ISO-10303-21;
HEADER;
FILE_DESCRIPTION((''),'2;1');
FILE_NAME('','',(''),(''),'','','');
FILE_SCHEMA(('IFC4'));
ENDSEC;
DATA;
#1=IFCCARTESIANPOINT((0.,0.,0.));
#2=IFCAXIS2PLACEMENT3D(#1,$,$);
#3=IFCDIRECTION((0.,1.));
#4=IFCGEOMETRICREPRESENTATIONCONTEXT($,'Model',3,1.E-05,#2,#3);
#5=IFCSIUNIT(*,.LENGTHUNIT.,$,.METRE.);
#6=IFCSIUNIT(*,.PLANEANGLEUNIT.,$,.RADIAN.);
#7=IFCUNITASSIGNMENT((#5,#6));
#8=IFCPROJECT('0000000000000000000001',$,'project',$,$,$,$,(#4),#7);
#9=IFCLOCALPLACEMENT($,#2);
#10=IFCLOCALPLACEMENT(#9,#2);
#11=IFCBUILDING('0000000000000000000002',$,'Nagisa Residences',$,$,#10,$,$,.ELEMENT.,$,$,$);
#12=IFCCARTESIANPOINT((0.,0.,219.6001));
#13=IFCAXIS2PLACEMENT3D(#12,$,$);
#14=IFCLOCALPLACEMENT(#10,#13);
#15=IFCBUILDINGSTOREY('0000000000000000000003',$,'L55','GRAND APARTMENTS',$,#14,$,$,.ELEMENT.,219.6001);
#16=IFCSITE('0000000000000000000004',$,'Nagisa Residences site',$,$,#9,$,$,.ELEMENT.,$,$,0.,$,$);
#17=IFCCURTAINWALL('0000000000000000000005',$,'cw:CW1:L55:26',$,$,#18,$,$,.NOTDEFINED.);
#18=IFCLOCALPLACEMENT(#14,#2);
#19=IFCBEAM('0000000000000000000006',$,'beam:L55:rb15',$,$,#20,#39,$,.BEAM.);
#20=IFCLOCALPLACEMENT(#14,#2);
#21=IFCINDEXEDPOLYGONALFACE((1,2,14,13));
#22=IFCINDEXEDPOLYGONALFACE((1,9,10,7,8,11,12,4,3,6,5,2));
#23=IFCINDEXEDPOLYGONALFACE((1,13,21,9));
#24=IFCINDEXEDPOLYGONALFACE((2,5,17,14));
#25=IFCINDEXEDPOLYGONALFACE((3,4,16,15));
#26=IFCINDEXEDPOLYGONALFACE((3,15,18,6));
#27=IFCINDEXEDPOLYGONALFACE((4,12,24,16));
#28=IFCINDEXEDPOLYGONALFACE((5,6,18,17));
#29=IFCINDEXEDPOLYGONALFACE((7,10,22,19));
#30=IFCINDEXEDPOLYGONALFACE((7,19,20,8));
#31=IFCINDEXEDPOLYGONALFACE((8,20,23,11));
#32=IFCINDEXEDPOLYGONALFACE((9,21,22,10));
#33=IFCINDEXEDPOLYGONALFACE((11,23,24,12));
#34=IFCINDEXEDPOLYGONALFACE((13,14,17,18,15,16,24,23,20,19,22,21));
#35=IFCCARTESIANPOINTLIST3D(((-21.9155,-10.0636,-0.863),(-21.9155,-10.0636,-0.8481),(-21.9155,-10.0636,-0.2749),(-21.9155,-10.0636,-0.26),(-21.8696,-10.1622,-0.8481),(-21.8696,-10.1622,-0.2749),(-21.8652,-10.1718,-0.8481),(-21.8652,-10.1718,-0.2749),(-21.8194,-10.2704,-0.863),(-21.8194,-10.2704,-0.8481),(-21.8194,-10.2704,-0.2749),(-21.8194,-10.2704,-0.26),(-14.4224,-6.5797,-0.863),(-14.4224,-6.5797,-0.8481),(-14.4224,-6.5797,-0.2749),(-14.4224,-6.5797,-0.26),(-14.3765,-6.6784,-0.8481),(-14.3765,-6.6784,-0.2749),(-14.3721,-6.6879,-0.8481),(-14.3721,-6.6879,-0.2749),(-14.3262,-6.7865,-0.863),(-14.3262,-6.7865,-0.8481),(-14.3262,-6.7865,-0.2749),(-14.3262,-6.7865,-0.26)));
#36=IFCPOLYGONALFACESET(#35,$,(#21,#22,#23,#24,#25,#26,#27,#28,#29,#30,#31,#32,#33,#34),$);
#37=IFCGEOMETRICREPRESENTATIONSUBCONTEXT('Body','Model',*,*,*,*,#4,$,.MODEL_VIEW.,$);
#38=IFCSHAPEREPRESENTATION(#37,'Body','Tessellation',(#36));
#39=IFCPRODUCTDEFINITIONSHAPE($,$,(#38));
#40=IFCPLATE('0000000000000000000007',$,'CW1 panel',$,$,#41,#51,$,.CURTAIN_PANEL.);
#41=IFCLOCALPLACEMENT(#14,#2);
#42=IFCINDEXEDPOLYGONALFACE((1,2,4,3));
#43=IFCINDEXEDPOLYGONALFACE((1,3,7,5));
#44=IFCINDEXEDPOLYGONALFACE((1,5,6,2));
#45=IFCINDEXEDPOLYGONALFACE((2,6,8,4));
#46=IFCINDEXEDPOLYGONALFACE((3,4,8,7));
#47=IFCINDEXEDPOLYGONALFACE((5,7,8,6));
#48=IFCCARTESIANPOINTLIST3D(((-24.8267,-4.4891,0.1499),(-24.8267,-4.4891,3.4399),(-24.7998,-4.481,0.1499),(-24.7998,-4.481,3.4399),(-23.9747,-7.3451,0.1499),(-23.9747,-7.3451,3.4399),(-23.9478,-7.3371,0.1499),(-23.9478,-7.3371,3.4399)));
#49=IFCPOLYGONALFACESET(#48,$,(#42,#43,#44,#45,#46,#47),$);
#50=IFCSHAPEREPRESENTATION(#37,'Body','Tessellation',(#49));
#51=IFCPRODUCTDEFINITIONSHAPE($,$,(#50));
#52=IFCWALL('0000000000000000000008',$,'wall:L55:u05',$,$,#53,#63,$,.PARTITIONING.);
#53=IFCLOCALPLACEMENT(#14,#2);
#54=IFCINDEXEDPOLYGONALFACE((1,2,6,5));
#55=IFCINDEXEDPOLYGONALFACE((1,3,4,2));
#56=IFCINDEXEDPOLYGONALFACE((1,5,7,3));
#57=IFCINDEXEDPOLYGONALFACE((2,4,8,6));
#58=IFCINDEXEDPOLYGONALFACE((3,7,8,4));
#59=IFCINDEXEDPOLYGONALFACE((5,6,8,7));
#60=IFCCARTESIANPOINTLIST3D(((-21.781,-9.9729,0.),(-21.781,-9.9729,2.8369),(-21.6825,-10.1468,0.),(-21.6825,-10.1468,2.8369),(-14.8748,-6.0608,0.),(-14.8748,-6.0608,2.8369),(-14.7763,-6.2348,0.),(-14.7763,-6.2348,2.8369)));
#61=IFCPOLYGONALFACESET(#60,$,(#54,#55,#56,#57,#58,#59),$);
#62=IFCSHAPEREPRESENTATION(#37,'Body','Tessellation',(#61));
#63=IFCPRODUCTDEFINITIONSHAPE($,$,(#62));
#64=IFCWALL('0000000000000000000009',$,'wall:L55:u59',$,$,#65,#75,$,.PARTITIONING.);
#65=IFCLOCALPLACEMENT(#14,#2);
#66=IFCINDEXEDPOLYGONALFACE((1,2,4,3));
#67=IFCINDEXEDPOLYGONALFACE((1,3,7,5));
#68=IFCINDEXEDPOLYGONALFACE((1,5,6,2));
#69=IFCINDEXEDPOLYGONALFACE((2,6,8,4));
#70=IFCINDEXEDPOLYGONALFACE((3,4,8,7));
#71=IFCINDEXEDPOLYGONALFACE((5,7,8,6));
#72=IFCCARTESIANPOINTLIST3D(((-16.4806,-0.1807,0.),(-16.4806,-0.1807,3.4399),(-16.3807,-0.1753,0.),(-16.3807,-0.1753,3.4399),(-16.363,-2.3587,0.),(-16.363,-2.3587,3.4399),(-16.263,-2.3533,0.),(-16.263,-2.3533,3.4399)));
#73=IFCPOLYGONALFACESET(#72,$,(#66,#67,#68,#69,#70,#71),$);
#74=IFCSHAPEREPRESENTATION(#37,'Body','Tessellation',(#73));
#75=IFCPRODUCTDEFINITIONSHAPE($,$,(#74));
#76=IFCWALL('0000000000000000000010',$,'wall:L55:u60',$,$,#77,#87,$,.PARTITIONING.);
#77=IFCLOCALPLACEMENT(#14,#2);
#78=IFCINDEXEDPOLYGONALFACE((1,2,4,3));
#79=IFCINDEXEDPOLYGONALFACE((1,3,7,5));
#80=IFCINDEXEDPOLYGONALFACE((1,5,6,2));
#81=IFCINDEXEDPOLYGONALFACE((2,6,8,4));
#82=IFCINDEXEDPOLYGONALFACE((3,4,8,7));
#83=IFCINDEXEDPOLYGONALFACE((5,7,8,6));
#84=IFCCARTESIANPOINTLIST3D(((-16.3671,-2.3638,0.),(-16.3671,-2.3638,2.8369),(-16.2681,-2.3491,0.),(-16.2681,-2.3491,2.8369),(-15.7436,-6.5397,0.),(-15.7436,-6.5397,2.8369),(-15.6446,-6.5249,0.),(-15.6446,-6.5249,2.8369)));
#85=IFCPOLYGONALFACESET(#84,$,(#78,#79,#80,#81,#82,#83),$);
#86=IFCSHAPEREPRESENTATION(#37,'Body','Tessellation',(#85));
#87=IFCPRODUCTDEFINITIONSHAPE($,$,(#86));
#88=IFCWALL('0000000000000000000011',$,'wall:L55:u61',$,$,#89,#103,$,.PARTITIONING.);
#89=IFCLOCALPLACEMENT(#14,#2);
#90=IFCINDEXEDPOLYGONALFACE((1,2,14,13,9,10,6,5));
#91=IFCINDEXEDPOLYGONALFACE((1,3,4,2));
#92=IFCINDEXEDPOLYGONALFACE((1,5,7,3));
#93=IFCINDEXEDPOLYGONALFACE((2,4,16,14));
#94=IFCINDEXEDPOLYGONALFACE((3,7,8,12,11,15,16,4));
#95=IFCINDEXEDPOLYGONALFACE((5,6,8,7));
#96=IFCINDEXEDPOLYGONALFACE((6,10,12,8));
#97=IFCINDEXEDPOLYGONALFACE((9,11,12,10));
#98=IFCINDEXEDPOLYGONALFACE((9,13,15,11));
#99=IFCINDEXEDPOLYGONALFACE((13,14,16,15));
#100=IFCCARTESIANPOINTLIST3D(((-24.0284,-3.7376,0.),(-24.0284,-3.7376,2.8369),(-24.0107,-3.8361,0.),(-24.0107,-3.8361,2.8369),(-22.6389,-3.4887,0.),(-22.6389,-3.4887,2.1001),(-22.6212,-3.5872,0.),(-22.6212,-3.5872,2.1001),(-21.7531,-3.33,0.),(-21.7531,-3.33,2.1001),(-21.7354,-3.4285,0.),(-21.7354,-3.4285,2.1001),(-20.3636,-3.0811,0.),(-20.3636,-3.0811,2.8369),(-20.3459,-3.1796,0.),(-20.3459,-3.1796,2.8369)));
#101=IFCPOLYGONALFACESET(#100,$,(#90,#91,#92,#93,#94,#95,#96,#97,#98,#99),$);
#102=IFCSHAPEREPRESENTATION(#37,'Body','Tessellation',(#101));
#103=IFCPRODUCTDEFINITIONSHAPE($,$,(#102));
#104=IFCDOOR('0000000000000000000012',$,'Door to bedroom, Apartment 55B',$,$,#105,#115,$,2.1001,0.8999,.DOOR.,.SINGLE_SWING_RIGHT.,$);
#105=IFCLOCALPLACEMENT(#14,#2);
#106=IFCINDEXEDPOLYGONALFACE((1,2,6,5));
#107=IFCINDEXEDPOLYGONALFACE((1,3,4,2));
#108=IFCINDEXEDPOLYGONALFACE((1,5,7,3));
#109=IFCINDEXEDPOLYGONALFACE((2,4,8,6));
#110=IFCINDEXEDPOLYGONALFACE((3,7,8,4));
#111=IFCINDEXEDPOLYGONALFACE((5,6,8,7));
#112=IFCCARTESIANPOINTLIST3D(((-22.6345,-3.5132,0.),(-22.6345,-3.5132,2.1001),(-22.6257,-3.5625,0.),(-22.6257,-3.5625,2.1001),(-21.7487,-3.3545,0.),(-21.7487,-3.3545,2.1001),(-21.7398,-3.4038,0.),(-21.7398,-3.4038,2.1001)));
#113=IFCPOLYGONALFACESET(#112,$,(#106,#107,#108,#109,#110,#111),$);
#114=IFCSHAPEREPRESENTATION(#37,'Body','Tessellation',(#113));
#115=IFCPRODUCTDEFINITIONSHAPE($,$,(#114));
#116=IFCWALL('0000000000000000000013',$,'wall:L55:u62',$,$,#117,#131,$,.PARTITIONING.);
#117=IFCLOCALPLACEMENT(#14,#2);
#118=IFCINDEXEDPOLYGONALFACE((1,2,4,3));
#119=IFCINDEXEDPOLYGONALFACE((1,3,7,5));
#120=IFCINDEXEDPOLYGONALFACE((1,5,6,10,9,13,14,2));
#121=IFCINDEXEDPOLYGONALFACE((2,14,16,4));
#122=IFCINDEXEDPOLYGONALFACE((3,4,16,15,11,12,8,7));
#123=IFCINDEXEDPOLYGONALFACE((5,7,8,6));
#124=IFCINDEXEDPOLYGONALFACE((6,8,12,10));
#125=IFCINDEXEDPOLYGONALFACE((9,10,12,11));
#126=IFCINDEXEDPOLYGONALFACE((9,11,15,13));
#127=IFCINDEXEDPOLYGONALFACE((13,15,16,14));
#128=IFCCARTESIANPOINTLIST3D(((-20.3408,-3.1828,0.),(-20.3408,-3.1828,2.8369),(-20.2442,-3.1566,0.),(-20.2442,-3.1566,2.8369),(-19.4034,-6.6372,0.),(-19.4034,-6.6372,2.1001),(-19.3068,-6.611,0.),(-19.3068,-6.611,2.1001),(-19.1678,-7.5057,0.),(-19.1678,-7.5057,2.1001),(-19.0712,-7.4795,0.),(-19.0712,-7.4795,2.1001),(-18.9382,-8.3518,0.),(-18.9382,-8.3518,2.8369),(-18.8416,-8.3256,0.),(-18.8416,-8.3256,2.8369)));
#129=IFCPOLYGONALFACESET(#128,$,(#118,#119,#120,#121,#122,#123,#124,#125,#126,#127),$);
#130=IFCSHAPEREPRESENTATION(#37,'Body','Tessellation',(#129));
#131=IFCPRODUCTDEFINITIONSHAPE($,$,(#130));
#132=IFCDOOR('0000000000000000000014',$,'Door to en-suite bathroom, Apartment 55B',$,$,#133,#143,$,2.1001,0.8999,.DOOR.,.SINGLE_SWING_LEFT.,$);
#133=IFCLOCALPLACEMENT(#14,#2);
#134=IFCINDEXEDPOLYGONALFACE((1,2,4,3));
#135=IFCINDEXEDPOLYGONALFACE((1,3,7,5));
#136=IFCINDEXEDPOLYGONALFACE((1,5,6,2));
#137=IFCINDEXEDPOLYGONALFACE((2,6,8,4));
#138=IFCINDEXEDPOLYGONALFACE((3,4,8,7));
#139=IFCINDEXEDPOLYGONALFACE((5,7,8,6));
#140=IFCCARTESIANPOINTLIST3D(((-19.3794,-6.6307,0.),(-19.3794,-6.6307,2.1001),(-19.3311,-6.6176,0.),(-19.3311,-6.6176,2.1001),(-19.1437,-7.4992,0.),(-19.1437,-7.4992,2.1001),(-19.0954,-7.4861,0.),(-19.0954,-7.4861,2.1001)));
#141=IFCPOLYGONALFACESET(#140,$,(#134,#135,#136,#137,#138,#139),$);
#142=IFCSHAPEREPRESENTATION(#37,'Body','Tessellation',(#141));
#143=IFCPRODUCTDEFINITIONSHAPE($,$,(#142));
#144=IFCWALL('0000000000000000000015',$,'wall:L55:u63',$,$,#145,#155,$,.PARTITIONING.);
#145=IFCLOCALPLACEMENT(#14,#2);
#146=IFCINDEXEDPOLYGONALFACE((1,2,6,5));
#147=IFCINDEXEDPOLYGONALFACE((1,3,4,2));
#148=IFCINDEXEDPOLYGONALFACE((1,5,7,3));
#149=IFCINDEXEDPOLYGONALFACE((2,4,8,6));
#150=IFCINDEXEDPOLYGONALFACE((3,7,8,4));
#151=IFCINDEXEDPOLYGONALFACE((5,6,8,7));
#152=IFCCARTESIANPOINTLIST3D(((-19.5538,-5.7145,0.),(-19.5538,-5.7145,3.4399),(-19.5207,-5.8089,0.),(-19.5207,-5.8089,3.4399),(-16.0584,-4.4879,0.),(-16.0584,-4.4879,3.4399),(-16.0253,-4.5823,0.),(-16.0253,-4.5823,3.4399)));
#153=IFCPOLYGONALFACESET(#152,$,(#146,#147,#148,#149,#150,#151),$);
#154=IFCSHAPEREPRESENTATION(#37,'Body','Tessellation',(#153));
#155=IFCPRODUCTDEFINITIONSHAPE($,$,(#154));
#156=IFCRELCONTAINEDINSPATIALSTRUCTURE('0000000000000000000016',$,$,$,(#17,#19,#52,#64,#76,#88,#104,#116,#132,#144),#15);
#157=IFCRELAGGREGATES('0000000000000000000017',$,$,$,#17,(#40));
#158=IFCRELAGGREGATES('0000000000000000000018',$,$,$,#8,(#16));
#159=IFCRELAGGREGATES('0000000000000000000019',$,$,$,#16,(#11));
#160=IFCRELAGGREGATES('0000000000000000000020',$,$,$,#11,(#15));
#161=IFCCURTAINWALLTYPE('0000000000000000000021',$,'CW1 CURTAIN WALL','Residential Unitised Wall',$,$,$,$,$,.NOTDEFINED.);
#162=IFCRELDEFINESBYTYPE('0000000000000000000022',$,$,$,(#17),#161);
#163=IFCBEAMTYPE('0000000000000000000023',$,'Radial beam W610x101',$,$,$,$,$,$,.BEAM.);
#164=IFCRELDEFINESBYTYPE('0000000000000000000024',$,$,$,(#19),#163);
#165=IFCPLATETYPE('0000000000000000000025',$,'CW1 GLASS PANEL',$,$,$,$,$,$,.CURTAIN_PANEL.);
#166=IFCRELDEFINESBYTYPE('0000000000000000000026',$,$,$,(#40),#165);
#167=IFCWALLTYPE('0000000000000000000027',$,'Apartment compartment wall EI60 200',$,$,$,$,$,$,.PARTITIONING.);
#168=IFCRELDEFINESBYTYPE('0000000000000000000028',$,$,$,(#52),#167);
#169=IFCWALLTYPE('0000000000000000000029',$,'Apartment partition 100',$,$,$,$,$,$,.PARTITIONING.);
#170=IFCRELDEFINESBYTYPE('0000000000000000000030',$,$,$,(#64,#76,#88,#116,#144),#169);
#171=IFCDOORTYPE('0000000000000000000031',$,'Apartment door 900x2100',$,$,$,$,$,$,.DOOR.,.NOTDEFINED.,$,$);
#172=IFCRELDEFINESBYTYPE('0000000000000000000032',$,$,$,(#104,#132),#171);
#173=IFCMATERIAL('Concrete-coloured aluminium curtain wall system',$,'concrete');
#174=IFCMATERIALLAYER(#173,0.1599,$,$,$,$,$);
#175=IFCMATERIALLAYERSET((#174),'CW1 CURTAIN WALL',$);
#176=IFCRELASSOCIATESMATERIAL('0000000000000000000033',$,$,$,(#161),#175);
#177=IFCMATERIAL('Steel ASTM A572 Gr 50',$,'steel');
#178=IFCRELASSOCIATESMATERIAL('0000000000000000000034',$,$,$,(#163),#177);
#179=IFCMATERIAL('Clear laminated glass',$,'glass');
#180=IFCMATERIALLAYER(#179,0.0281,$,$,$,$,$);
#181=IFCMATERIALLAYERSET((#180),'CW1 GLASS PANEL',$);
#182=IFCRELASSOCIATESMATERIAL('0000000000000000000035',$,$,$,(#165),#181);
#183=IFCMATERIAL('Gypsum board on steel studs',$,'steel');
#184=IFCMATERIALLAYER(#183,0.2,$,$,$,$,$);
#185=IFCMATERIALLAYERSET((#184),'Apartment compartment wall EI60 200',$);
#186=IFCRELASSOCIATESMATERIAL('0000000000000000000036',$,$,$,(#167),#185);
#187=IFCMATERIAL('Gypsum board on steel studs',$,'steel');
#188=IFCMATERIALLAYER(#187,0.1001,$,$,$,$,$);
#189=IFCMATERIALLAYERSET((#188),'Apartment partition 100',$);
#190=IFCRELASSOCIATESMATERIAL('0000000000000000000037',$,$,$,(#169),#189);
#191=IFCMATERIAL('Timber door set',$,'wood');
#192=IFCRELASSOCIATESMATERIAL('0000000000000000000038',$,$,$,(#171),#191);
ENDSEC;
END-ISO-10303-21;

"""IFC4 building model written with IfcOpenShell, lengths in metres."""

from ifc_helpers import new_model, si_unit, direction, frame, frame_2d, origin, origin_2d, place, context, subcontext, project, spatial, rectangle, i_section, extrude, material, layer, layer_set, material_profile, profile_set, type_object, element, fill, aggregate, save


model = new_model("IFC4")

# Units and contexts
model_context = context("Model", 3, precision=1e-05, world=origin(), true_north=direction((0.0, 1.0)))
body_context = subcontext(model_context, "Body", "Model", "MODEL_VIEW")
ifc_project = project(units=[si_unit("LENGTHUNIT", "METRE"), si_unit("PLANEANGLEUNIT", "RADIAN")], contexts=[model_context])

# Site, building, storey
site_placement = place(None, origin())
site = spatial("IfcSite", under=ifc_project, at=site_placement, Name="Nagisa Residences site", CompositionType="ELEMENT", RefElevation=0.0)
building_placement = place(site_placement, origin())
building = spatial("IfcBuilding", under=site, at=building_placement, Name="Nagisa Residences", CompositionType="ELEMENT")
storey_placement = place(building_placement, frame((0.0, 0.0, 219.6001)))
storey = spatial("IfcBuildingStorey", under=building, at=storey_placement, Name="L55", Description="GRAND APARTMENTS", CompositionType="ELEMENT", Elevation=219.6001)

# Curtain wall
ifc_material_1 = material(Name="Concrete-coloured aluminium curtain wall system", Category="concrete")
ifc_layer_1 = layer(ifc_material_1, 0.1599)
ifc_layer_set_1 = layer_set([ifc_layer_1], Name="CW1 CURTAIN WALL")
curtain_wall_type = type_object("IfcCurtainWallType", Name="CW1 CURTAIN WALL", Description="Residential Unitised Wall", PredefinedType="NOTDEFINED", material=ifc_layer_set_1)
curtain_wall_placement = place(storey_placement, origin())
curtain_wall = element("IfcCurtainWall", 1, at=curtain_wall_placement, inside=storey, type_object=curtain_wall_type, Name="cw:CW1:L55:26", PredefinedType="NOTDEFINED")

# Beam
ifc_material_2 = material(Name="Steel ASTM A572 Gr 50", Category="steel")
ifc_material_profile_1 = material_profile(ifc_material_2, i_section(OverallWidth=0.228, OverallDepth=0.603, WebThickness=0.0105, FlangeThickness=0.0149, at=origin_2d()), Name="W610x101")
ifc_profile_set_1 = profile_set([ifc_material_profile_1], Name="Steel ASTM A572 Gr 50")
beam_type_1 = type_object("IfcBeamType", Name="Radial beam W610x101", PredefinedType="BEAM", material=ifc_profile_set_1)
beam_1_placement = place(storey_placement, frame((-21.8674, -10.167, -0.5615), z_axis=(0.906782, 0.421601, 0.0), x_axis=(-0.421601, 0.906782, 0.0)))
element("IfcBeam", 2, at=beam_1_placement, inside=storey, type_object=beam_type_1, Name="beam:L55:rb15", PredefinedType="BEAM", context=body_context, shape_type="SweptSolid", body=[
    extrude(i_section(OverallWidth=0.228, OverallDepth=0.603, WebThickness=0.0105, FlangeThickness=0.0149, at=origin_2d()), origin(), (0.0, 0.0, 1.0), 8.2634),
])

# Plate
ifc_material_3 = material(Name="Clear laminated glass", Category="glass")
ifc_layer_2 = layer(ifc_material_3, 0.0281)
ifc_layer_set_2 = layer_set([ifc_layer_2], Name="CW1 GLASS PANEL")
plate_type = type_object("IfcPlateType", Name="CW1 GLASS PANEL", PredefinedType="CURTAIN_PANEL", material=ifc_layer_set_2)
plate_placement = place(storey_placement, frame((-24.3872, -5.9131, 0.1499), z_axis=(0.0, 0.0, 1.0), x_axis=(0.28586, -0.958271, 0.0)))
plate = element("IfcPlate", 3, at=plate_placement, type_object=plate_type, Name="CW1 panel", PredefinedType="CURTAIN_PANEL", context=body_context, shape_type="SweptSolid", body=[
    extrude(rectangle(XDim=2.9805, YDim=0.0281, at=origin_2d()), origin(), (0.0, 0.0, 1.0), 3.29),
])
aggregate(curtain_wall, [plate])

# Walls
ifc_material_4 = material(Name="Gypsum board on steel studs", Category="steel")
ifc_layer_3 = layer(ifc_material_4, 0.2)
ifc_layer_set_3 = layer_set([ifc_layer_3], Name="Apartment compartment wall EI60 200")
wall_type_1 = type_object("IfcWallType", Name="Apartment compartment wall EI60 200", PredefinedType="PARTITIONING", material=ifc_layer_set_3)
wall_1_placement = place(storey_placement, frame((-14.8254, -6.1477, 0.0), z_axis=(0.0, 0.0, 1.0), x_axis=(-0.8701, -0.492876, 0.0)))
element("IfcWall", 4, at=wall_1_placement, inside=storey, type_object=wall_type_1, Name="wall:L55:u05", PredefinedType="PARTITIONING", context=body_context, shape_type="SweptSolid", body=[
    extrude(rectangle(XDim=7.9373, YDim=0.2, at=frame_2d((3.9688, 0.0))), origin(), (0.0, 0.0, 1.0), 2.8369),
])
ifc_material_5 = material(Name="Gypsum board on steel studs", Category="steel")
ifc_layer_4 = layer(ifc_material_5, 0.1001)
ifc_layer_set_4 = layer_set([ifc_layer_4], Name="Apartment partition 100")
wall_type_2 = type_object("IfcWallType", Name="Apartment partition 100", PredefinedType="PARTITIONING", material=ifc_layer_set_4)
wall_2_placement = place(storey_placement, frame((-16.4307, -0.178, 0.0), z_axis=(0.0, 0.0, 1.0), x_axis=(0.053951, -0.998544, 0.0)))
element("IfcWall", 5, at=wall_2_placement, inside=storey, type_object=wall_type_2, Name="wall:L55:u59", PredefinedType="PARTITIONING", context=body_context, shape_type="SweptSolid", body=[
    extrude(rectangle(XDim=2.1812, YDim=0.1001, at=frame_2d((1.0906, 0.0))), origin(), (0.0, 0.0, 1.0), 3.4399),
])
wall_3_placement = place(storey_placement, frame((-16.3176, -2.3564, 0.0), z_axis=(0.0, 0.0, 1.0), x_axis=(0.147684, -0.989035, 0.0)))
element("IfcWall", 6, at=wall_3_placement, inside=storey, type_object=wall_type_2, Name="wall:L55:u60", PredefinedType="PARTITIONING", context=body_context, shape_type="SweptSolid", body=[
    extrude(rectangle(XDim=4.2222, YDim=0.1001, at=frame_2d((2.1111, 0.0))), origin(), (0.0, 0.0, 1.0), 2.8369),
])

# Walls, openings, doors
wall_4_placement = place(storey_placement, frame((-20.3547, -3.1304, 0.0), z_axis=(0.0, 0.0, 1.0), x_axis=(-0.984331, -0.176328, 0.0)))
wall_4 = element("IfcWall", 7, at=wall_4_placement, inside=storey, type_object=wall_type_2, Name="wall:L55:u61", PredefinedType="PARTITIONING", context=body_context, shape_type="SweptSolid", body=[
    extrude(rectangle(XDim=3.7231, YDim=0.1001, at=frame_2d((1.8616, 0.0))), origin(), (0.0, 0.0, 1.0), 2.8369),
])
opening_1_placement = place(wall_4_placement, frame((1.4116, 0.0, 0.0)))
opening_1 = element("IfcOpeningElement", 8, at=opening_1_placement, cuts=wall_4, PredefinedType="OPENING", context=body_context, shape_type="SweptSolid", body=[
    extrude(rectangle(XDim=0.8999, YDim=2.1001, at=frame_2d((0.45, 1.05))), frame((0.0, 0.0601, 0.0), z_axis=(0.0, -1.0, 0.0), x_axis=(1.0, 0.0, 0.0)), (0.0, 0.0, 1.0), 0.1201),
])
ifc_material_6 = material(Name="Timber door set", Category="wood")
door_type_1 = type_object("IfcDoorType", Name="Apartment door 900x2100", OperationType="NOTDEFINED", PredefinedType="DOOR", material=ifc_material_6)
door_1_placement = place(opening_1_placement, origin())
door_1 = element("IfcDoor", 9, at=door_1_placement, inside=storey, type_object=door_type_1, Name="Door to bedroom, Apartment 55B", OperationType="SINGLE_SWING_RIGHT", OverallHeight=2.1001, OverallWidth=0.8999, PredefinedType="DOOR", context=body_context, shape_type="SweptSolid", body=[
    extrude(rectangle(XDim=0.8999, YDim=2.1001, at=frame_2d((0.45, 1.05))), frame((0.0, 0.0249, 0.0), z_axis=(0.0, -1.0, 0.0), x_axis=(1.0, 0.0, 0.0)), (0.0, 0.0, 1.0), 0.05),
])
fill(opening_1, door_1)
wall_5_placement = place(storey_placement, frame((-20.2925, -3.1697, 0.0), z_axis=(0.0, 0.0, 1.0), x_axis=(0.261879, -0.965101, 0.0)))
wall_5 = element("IfcWall", 10, at=wall_5_placement, inside=storey, type_object=wall_type_2, Name="wall:L55:u62", PredefinedType="PARTITIONING", context=body_context, shape_type="SweptSolid", body=[
    extrude(rectangle(XDim=5.356, YDim=0.1001, at=frame_2d((2.678, 0.0))), origin(), (0.0, 0.0, 1.0), 2.8369),
])
opening_2_placement = place(wall_5_placement, frame((3.5793, 0.0, 0.0)))
opening_2 = element("IfcOpeningElement", 11, at=opening_2_placement, cuts=wall_5, PredefinedType="OPENING", context=body_context, shape_type="SweptSolid", body=[
    extrude(rectangle(XDim=0.8999, YDim=2.1001, at=frame_2d((0.45, 1.05))), frame((0.0, 0.0601, 0.0), z_axis=(0.0, -1.0, 0.0), x_axis=(1.0, 0.0, 0.0)), (0.0, 0.0, 1.0), 0.1201),
])
door_2_placement = place(opening_2_placement, origin())
door_2 = element("IfcDoor", 12, at=door_2_placement, inside=storey, type_object=door_type_1, Name="Door to en-suite bathroom, Apartment 55B", OperationType="SINGLE_SWING_LEFT", OverallHeight=2.1001, OverallWidth=0.8999, PredefinedType="DOOR", context=body_context, shape_type="SweptSolid", body=[
    extrude(rectangle(XDim=0.8999, YDim=2.1001, at=frame_2d((0.45, 1.05))), frame((0.0, 0.0249, 0.0), z_axis=(0.0, -1.0, 0.0), x_axis=(1.0, 0.0, 0.0)), (0.0, 0.0, 1.0), 0.05),
])
fill(opening_2, door_2)

# Wall
wall_6_placement = place(storey_placement, frame((-16.042, -4.5352, 0.0), z_axis=(0.0, 0.0, 1.0), x_axis=(-0.94359, -0.331117, 0.0)))
element("IfcWall", 13, at=wall_6_placement, inside=storey, type_object=wall_type_2, Name="wall:L55:u63", PredefinedType="PARTITIONING", context=body_context, shape_type="SweptSolid", body=[
    extrude(rectangle(XDim=3.7043, YDim=0.1001, at=frame_2d((1.8521, 0.0))), origin(), (0.0, 0.0, 1.0), 3.4399),
])

save(model, "model.ifc")
